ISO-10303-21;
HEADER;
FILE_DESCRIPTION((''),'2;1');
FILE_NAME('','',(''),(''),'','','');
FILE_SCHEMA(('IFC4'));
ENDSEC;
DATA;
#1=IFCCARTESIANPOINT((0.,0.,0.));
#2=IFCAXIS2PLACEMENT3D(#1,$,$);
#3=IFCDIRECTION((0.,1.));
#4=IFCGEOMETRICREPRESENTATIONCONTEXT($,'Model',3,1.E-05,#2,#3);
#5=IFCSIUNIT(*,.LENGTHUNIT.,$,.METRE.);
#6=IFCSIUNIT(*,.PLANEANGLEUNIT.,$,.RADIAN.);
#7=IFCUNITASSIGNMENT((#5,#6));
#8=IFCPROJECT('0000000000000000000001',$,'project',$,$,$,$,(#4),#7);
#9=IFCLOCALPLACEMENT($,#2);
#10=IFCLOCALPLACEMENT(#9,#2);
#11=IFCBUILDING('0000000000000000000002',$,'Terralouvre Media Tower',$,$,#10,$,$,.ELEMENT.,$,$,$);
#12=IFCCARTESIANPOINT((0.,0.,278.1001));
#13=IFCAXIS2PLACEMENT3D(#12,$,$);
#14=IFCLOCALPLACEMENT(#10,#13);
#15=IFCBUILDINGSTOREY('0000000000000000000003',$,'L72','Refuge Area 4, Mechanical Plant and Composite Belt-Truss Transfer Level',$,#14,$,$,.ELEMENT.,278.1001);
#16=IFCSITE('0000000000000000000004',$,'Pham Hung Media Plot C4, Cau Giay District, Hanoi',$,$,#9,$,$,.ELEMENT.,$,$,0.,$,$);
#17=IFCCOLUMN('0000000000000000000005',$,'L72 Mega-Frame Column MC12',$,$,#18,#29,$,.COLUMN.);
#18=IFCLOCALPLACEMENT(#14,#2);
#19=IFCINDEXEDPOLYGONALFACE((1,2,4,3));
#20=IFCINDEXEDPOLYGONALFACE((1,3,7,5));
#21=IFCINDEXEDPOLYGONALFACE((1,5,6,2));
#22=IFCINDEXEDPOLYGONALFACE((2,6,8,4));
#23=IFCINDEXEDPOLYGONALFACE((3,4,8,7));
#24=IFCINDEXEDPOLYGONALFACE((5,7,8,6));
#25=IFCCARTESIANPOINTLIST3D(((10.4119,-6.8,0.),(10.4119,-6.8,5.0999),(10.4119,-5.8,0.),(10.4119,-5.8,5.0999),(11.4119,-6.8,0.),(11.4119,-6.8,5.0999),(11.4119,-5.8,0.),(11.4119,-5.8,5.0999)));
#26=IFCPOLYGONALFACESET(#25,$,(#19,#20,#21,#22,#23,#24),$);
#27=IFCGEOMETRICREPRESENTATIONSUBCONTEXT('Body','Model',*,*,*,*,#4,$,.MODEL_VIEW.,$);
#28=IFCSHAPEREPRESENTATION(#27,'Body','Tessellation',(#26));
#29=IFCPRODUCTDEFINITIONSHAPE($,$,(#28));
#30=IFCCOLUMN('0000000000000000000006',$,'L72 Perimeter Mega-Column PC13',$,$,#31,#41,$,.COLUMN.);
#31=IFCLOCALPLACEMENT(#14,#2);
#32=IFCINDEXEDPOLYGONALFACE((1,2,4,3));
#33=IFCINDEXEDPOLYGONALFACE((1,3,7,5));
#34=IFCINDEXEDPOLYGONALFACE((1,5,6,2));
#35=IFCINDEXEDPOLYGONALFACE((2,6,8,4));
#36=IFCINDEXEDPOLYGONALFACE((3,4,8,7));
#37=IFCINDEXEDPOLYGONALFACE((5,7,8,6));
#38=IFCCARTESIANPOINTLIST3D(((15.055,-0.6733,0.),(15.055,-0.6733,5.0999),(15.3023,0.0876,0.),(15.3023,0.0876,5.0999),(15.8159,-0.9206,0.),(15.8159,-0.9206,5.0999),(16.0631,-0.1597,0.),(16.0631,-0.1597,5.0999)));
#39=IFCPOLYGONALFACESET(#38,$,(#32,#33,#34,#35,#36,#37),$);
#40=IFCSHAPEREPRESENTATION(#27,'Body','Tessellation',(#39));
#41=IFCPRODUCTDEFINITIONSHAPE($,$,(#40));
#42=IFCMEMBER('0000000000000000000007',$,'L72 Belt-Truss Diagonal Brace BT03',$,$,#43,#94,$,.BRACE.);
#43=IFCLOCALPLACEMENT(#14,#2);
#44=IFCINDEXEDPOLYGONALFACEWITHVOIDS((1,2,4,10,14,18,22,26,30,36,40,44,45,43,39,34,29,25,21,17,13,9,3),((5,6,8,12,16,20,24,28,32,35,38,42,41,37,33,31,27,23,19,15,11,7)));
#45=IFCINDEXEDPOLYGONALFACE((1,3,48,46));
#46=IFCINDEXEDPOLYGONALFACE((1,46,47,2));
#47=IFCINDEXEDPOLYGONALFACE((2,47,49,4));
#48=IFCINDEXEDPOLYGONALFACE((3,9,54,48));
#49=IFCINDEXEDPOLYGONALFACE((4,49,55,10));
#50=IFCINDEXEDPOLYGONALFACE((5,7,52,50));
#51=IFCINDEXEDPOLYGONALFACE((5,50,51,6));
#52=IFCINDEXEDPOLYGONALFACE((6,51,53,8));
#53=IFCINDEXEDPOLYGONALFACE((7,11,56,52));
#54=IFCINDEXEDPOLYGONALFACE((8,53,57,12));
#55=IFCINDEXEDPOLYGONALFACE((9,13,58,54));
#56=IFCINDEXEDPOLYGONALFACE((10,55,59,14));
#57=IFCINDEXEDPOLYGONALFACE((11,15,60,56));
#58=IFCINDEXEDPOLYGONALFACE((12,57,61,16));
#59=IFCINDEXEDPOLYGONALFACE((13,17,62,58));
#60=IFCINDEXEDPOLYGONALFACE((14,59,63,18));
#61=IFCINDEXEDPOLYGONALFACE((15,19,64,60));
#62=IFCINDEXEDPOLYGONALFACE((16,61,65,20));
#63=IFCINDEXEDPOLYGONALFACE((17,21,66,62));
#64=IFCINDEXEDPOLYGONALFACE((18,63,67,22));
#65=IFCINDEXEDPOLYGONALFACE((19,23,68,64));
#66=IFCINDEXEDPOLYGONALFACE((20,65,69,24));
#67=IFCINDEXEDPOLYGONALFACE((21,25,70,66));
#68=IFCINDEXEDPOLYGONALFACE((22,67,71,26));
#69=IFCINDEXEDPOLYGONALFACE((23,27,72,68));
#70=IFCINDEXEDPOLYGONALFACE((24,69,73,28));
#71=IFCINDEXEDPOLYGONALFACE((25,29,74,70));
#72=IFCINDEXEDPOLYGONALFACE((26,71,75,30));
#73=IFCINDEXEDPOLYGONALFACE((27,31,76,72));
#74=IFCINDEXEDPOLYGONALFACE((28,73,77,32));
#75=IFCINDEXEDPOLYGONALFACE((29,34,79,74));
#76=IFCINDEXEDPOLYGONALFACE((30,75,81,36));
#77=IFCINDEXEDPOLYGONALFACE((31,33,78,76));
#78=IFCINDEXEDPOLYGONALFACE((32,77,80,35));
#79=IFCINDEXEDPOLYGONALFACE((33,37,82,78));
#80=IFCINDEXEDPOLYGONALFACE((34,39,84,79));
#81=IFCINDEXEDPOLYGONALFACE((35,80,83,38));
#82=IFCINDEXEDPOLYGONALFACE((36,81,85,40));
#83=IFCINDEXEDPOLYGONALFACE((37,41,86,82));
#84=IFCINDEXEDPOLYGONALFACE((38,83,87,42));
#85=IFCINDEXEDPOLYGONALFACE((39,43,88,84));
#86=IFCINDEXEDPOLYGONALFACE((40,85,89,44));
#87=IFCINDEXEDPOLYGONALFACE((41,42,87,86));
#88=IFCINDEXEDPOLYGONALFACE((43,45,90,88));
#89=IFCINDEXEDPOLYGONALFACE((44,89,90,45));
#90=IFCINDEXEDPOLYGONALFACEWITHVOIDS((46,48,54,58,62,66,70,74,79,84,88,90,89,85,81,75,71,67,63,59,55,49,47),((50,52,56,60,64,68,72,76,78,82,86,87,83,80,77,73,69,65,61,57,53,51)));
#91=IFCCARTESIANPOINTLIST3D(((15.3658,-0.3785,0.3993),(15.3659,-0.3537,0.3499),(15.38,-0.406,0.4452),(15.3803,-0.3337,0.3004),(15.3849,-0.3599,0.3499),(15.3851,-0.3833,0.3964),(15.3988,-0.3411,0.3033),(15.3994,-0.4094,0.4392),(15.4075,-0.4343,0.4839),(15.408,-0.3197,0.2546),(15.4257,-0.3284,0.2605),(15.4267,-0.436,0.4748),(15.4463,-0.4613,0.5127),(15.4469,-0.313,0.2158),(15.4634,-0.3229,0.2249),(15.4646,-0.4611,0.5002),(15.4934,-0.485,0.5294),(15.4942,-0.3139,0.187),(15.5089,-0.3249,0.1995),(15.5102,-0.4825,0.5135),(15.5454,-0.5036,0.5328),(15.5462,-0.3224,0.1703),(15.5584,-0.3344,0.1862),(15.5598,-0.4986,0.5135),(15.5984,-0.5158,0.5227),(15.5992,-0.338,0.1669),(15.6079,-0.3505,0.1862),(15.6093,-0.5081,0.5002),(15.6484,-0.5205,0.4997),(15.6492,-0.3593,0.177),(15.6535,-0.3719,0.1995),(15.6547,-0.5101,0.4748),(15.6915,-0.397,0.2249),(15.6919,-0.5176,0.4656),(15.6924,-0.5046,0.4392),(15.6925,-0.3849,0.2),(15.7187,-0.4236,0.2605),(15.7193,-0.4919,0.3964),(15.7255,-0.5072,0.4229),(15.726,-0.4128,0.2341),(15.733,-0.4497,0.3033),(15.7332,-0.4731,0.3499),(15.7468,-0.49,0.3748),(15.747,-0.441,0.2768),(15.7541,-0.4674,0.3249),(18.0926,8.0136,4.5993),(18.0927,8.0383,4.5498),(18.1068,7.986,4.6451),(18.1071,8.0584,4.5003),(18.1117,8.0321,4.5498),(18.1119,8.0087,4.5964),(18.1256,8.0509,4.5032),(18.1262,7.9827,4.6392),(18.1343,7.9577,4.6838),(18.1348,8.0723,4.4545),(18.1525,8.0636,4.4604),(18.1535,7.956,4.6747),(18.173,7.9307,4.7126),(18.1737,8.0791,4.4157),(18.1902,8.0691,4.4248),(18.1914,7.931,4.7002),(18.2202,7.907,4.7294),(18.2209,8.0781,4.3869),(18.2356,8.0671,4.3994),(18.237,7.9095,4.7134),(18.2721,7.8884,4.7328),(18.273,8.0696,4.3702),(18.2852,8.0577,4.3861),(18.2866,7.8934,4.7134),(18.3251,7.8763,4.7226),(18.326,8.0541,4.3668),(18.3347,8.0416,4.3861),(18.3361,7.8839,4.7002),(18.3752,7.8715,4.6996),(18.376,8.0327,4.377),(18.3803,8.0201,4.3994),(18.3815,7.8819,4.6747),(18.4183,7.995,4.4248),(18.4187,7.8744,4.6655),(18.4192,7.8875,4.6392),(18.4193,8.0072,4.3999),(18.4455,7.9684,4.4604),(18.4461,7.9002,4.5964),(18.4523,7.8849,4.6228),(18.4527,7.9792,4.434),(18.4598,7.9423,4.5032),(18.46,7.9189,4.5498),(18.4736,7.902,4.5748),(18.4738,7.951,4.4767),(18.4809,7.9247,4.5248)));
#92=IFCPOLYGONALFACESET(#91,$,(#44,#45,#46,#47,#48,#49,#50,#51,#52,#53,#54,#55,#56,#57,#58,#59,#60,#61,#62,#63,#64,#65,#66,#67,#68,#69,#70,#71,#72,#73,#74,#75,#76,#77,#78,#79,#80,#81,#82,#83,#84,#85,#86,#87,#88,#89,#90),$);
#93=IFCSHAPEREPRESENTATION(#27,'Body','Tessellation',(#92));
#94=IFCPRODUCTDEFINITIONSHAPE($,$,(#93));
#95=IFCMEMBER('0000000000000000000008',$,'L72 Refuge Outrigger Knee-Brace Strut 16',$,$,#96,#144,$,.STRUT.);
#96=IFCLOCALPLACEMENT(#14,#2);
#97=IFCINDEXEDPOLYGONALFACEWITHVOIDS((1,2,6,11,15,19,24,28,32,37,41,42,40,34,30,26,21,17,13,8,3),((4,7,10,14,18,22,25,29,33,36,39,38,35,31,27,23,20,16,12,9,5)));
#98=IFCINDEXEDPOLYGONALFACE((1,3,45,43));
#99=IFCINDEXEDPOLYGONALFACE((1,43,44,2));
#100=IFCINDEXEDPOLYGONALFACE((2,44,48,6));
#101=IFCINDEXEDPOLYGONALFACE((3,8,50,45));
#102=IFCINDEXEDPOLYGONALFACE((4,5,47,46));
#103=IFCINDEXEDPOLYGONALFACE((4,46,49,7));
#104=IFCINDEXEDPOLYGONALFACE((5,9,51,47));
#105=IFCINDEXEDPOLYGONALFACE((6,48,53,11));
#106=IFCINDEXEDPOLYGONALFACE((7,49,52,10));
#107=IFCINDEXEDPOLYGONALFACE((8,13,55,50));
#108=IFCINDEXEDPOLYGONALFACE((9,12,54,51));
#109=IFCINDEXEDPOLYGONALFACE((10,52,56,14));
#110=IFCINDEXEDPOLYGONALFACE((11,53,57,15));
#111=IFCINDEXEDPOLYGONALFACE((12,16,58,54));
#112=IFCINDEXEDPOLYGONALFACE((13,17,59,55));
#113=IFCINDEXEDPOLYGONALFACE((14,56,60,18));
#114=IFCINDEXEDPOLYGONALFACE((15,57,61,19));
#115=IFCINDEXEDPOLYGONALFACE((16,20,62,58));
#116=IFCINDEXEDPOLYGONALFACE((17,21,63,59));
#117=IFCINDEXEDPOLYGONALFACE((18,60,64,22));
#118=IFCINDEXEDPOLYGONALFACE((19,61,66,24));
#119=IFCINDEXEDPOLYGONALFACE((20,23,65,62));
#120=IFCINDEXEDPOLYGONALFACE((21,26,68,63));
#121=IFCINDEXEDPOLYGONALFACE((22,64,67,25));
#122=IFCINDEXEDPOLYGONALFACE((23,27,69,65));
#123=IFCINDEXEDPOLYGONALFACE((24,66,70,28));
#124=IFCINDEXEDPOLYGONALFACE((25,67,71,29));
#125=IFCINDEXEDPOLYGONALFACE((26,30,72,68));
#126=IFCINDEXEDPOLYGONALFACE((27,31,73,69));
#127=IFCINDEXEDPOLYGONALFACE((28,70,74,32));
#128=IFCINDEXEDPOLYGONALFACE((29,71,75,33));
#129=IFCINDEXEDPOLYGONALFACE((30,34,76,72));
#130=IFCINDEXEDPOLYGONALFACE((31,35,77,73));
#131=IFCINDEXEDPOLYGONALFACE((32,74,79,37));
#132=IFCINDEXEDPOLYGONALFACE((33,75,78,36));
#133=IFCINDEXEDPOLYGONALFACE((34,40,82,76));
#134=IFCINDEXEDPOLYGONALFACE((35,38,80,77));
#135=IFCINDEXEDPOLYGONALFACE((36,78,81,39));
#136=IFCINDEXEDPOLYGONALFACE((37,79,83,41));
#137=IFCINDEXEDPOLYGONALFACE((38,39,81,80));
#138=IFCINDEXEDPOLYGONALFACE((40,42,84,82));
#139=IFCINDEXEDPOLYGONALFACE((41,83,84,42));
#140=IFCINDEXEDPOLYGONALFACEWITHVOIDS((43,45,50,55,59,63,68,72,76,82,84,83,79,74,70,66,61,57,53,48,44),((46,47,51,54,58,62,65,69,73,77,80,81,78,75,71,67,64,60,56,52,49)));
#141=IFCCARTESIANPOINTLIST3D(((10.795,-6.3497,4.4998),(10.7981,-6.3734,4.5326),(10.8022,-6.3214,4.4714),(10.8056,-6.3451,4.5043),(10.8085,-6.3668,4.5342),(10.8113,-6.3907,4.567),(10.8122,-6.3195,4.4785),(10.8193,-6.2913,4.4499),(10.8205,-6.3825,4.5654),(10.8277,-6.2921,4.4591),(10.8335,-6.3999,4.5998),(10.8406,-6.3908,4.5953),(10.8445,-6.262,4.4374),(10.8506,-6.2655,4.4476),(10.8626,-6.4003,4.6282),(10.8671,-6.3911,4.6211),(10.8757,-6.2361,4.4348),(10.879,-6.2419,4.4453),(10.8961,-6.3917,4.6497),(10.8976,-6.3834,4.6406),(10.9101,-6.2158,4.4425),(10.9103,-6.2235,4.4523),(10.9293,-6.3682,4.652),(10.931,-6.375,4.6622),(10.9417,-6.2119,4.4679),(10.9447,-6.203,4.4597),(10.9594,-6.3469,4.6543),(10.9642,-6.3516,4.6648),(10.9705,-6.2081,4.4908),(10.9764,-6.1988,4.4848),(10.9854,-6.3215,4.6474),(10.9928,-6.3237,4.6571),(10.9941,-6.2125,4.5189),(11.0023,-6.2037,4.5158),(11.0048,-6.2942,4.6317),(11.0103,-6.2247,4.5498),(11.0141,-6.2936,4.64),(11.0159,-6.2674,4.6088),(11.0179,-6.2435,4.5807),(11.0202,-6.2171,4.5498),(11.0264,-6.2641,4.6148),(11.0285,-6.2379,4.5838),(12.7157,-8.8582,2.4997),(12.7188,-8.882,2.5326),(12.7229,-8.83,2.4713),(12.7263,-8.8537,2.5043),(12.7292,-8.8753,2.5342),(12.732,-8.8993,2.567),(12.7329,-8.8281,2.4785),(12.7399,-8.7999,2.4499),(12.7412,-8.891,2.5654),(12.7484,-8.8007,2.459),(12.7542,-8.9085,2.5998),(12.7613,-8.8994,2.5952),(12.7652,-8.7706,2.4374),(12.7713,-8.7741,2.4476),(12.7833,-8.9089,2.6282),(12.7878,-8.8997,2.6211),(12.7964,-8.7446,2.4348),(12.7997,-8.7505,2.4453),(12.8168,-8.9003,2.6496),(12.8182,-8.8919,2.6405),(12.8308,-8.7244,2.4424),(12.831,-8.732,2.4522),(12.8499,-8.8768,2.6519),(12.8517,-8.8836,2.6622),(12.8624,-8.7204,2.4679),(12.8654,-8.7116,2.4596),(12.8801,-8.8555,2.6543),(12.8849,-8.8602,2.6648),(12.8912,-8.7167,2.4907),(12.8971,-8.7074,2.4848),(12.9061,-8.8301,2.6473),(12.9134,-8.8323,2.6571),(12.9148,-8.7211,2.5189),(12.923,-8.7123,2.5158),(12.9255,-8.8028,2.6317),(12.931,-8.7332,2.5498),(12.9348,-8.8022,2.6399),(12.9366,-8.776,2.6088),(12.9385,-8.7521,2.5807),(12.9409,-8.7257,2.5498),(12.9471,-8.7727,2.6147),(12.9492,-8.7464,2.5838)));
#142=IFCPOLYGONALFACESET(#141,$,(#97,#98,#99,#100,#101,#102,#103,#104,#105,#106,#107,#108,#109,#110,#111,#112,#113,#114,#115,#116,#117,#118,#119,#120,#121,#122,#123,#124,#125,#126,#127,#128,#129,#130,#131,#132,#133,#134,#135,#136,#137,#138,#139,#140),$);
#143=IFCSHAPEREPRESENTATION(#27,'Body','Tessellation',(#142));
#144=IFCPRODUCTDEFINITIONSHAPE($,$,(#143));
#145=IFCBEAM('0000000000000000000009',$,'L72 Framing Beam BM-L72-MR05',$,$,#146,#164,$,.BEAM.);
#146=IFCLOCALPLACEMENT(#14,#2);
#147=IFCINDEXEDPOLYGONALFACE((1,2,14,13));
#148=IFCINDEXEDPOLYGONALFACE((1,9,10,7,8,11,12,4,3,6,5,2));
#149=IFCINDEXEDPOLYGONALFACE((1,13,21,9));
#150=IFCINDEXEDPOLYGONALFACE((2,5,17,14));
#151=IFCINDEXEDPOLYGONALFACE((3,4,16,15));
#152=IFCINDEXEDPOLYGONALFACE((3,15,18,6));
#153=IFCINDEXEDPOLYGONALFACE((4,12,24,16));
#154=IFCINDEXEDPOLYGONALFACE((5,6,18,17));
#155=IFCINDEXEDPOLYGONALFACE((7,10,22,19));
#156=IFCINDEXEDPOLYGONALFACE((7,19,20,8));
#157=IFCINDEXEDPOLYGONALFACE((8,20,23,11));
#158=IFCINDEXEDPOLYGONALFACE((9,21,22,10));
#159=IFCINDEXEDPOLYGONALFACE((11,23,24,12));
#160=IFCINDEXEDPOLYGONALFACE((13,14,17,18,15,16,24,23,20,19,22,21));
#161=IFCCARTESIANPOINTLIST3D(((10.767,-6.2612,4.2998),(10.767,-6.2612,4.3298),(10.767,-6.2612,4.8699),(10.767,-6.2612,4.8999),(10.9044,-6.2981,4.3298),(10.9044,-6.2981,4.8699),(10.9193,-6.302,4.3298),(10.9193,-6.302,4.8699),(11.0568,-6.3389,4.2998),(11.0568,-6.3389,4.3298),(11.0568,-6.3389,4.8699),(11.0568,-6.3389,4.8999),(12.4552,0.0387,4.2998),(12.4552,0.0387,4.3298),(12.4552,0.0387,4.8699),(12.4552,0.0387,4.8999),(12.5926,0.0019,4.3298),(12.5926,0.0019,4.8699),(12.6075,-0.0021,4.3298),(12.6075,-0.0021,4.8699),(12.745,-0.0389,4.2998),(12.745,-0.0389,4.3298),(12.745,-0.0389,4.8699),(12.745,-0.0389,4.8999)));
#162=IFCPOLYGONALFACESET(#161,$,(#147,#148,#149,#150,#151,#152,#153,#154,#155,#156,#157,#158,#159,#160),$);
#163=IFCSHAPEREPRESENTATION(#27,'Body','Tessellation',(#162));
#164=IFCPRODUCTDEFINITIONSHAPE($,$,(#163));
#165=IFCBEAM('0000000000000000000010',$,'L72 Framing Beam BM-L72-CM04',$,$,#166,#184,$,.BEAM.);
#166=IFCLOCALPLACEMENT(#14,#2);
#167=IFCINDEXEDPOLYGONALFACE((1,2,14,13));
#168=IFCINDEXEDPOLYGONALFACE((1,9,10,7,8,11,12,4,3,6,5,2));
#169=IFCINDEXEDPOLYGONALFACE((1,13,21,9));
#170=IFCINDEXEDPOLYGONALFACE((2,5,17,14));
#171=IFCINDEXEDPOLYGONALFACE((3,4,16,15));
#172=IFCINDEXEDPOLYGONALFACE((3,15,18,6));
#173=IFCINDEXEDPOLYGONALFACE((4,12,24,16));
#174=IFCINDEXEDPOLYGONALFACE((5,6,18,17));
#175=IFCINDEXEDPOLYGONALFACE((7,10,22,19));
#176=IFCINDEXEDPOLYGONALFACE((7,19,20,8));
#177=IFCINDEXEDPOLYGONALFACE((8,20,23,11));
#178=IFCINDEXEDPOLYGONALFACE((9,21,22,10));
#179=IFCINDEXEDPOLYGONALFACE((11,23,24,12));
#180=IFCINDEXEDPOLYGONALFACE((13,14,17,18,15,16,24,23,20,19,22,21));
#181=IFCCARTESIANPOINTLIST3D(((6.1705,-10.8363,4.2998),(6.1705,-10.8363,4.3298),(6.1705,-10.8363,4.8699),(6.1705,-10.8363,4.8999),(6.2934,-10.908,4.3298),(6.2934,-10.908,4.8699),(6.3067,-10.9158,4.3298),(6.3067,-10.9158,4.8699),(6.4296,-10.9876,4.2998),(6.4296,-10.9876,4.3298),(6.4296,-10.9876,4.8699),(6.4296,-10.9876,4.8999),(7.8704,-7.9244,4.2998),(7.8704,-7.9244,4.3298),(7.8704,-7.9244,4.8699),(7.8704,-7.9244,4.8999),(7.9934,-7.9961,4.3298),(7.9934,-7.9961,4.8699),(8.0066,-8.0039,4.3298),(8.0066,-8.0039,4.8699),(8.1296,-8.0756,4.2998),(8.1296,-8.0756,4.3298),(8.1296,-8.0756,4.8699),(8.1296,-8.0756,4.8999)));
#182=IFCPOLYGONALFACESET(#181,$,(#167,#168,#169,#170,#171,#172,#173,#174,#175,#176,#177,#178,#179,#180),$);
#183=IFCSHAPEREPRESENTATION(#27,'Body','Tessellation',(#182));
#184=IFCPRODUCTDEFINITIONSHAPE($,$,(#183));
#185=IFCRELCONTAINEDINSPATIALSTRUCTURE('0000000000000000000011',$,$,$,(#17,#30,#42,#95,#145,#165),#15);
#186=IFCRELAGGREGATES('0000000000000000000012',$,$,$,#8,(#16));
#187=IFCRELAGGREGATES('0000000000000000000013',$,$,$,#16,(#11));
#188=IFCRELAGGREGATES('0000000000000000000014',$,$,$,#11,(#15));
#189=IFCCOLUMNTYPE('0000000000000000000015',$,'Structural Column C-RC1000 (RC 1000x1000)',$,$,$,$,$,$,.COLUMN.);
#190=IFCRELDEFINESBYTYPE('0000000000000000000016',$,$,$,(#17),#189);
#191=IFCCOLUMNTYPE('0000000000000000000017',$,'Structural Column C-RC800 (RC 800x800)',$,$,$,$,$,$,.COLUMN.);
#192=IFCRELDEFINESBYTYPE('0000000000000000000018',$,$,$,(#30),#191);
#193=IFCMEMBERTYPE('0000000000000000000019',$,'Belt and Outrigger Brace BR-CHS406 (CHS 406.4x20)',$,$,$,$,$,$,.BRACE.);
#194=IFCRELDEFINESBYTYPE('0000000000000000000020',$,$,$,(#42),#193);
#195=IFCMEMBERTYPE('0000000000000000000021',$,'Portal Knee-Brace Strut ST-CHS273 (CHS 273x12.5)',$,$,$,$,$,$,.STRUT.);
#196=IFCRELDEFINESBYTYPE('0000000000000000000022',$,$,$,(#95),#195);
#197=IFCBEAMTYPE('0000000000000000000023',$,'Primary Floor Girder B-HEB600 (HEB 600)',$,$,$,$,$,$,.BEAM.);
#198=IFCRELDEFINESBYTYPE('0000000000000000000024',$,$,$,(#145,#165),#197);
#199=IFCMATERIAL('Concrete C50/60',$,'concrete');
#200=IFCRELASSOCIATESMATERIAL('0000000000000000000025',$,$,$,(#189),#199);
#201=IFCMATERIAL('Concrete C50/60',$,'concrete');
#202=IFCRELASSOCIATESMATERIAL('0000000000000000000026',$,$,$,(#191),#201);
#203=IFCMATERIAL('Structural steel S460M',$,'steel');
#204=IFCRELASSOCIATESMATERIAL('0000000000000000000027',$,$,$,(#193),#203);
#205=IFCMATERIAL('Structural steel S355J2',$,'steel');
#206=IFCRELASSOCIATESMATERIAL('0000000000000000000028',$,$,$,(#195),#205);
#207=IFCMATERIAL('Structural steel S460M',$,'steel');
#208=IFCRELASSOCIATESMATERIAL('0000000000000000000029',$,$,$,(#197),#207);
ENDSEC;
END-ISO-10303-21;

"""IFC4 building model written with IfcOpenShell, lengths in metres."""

from ifc_helpers import new_model, si_unit, direction, frame, origin, origin_2d, place, context, subcontext, project, spatial, rectangle, hollow_circle, i_section, extrude, material, material_profile, profile_set, type_object, element, save


model = new_model("IFC4")

# Units and contexts
model_context = context("Model", 3, precision=1e-05, world=origin(), true_north=direction((0.0, 1.0)))
body_context = subcontext(model_context, "Body", "Model", "MODEL_VIEW")
ifc_project = project(units=[si_unit("LENGTHUNIT", "METRE"), si_unit("PLANEANGLEUNIT", "RADIAN")], contexts=[model_context])

# Site, building, storey
site_placement = place(None, origin())
site = spatial("IfcSite", under=ifc_project, at=site_placement, Name="Pham Hung Media Plot C4, Cau Giay District, Hanoi", CompositionType="ELEMENT", RefElevation=0.0)
building_placement = place(site_placement, origin())
building = spatial("IfcBuilding", under=site, at=building_placement, Name="Terralouvre Media Tower", CompositionType="ELEMENT")
storey_placement = place(building_placement, frame((0.0, 0.0, 278.1001)))
storey = spatial("IfcBuildingStorey", under=building, at=storey_placement, Name="L72", Description="Refuge Area 4, Mechanical Plant and Composite Belt-Truss Transfer Level", CompositionType="ELEMENT", Elevation=278.1001)

# Columns
ifc_material_1 = material(Name="Concrete C50/60", Category="concrete")
ifc_material_profile_1 = material_profile(ifc_material_1, rectangle(XDim=1.0, YDim=1.0, at=origin_2d()), Name="RC 1000x1000")
ifc_profile_set_1 = profile_set([ifc_material_profile_1], Name="Concrete C50/60")
column_type_1 = type_object("IfcColumnType", Name="Structural Column C-RC1000 (RC 1000x1000)", PredefinedType="COLUMN", material=ifc_profile_set_1)
column_1_placement = place(storey_placement, frame((10.9119, -6.3, 0.0), z_axis=(0.0, 0.0, 1.0), x_axis=(1.0, 0.0, 0.0)))
element("IfcColumn", 1, at=column_1_placement, inside=storey, type_object=column_type_1, Name="L72 Mega-Frame Column MC12", PredefinedType="COLUMN", context=body_context, shape_type="SweptSolid", body=[
    extrude(rectangle(XDim=1.0, YDim=1.0, at=origin_2d()), origin(), (0.0, 0.0, 1.0), 5.0999),
])
ifc_material_2 = material(Name="Concrete C50/60", Category="concrete")
ifc_material_profile_2 = material_profile(ifc_material_2, rectangle(XDim=0.8, YDim=0.8, at=origin_2d()), Name="RC 800x800")
ifc_profile_set_2 = profile_set([ifc_material_profile_2], Name="Concrete C50/60")
column_type_2 = type_object("IfcColumnType", Name="Structural Column C-RC800 (RC 800x800)", PredefinedType="COLUMN", material=ifc_profile_set_2)
column_2_placement = place(storey_placement, frame((15.5591, -0.4165, 0.0), z_axis=(0.0, 0.0, 1.0), x_axis=(0.309017, 0.951057, 0.0)))
element("IfcColumn", 2, at=column_2_placement, inside=storey, type_object=column_type_2, Name="L72 Perimeter Mega-Column PC13", PredefinedType="COLUMN", context=body_context, shape_type="SweptSolid", body=[
    extrude(rectangle(XDim=0.8, YDim=0.8, at=origin_2d()), origin(), (0.0, 0.0, 1.0), 5.0999),
])

# Members
ifc_material_3 = material(Name="Structural steel S460M", Category="steel")
ifc_material_profile_3 = material_profile(ifc_material_3, hollow_circle(Radius=0.2031, WallThickness=0.02, at=origin_2d()), Name="CHS 406.4x20")
ifc_profile_set_3 = profile_set([ifc_material_profile_3], Name="Structural steel S460M")
member_type_1 = type_object("IfcMemberType", Name="Belt and Outrigger Brace BR-CHS406 (CHS 406.4x20)", PredefinedType="BRACE", material=ifc_profile_set_3)
member_1_placement = place(storey_placement, frame((15.5591, -0.4165, 0.3499), z_axis=(0.279028, 0.858743, 0.429771), x_axis=(-0.951055, 0.309022, 0.0)))
element("IfcMember", 3, at=member_1_placement, inside=storey, type_object=member_type_1, Name="L72 Belt-Truss Diagonal Brace BT03", PredefinedType="BRACE", context=body_context, shape_type="SweptSolid", body=[
    extrude(hollow_circle(Radius=0.2031, WallThickness=0.02, at=origin_2d()), origin(), (0.0, 0.0, 1.0), 9.7725),
])
ifc_material_4 = material(Name="Structural steel S355J2", Category="steel")
ifc_material_profile_4 = material_profile(ifc_material_4, hollow_circle(Radius=0.1365, WallThickness=0.0125, at=origin_2d()), Name="CHS 273x12.5")
ifc_profile_set_4 = profile_set([ifc_material_profile_4], Name="Structural steel S355J2")
member_type_2 = type_object("IfcMemberType", Name="Portal Knee-Brace Strut ST-CHS273 (CHS 273x12.5)", PredefinedType="STRUT", material=ifc_profile_set_4)
member_2_placement = place(storey_placement, frame((10.9119, -6.3, 4.5498), z_axis=(0.513652, -0.670875, -0.534872), x_axis=(0.793998, 0.60792, 0.0)))
element("IfcMember", 4, at=member_2_placement, inside=storey, type_object=member_type_2, Name="L72 Refuge Outrigger Knee-Brace Strut 16", PredefinedType="STRUT", context=body_context, shape_type="SweptSolid", body=[
    extrude(hollow_circle(Radius=0.1365, WallThickness=0.0125, at=origin_2d()), origin(), (0.0, 0.0, 1.0), 3.7393),
])

# Beams
ifc_material_5 = material(Name="Structural steel S460M", Category="steel")
ifc_material_profile_5 = material_profile(ifc_material_5, i_section(OverallWidth=0.3, OverallDepth=0.6001, WebThickness=0.0154, FlangeThickness=0.03, at=origin_2d()), Name="HEB 600")
ifc_profile_set_5 = profile_set([ifc_material_profile_5], Name="Structural steel S460M")
beam_type_1 = type_object("IfcBeamType", Name="Primary Floor Girder B-HEB600 (HEB 600)", PredefinedType="BEAM", material=ifc_profile_set_5)
beam_1_placement = place(storey_placement, frame((10.9119, -6.3, 4.5999), z_axis=(0.258839, 0.96592, 0.0), x_axis=(-0.96592, 0.258839, 0.0)))
element("IfcBeam", 5, at=beam_1_placement, inside=storey, type_object=beam_type_1, Name="L72 Framing Beam BM-L72-MR05", PredefinedType="BEAM", context=body_context, shape_type="SweptSolid", body=[
    extrude(i_section(OverallWidth=0.3, OverallDepth=0.6001, WebThickness=0.0154, FlangeThickness=0.03, at=origin_2d()), origin(), (0.0, 0.0, 1.0), 6.5222),
])
for number, where, z_axis, x_axis, name in (
    (6, (8.0, -8.0, 4.5999), (-0.504173, -0.863603, 0.0), (0.863603, -0.504173, 0.0), "L72 Framing Beam BM-L72-CM04"),
):
    element("IfcBeam", number, at=place(storey_placement, frame(where, z_axis=z_axis, x_axis=x_axis)), inside=storey, type_object=beam_type_1, Name=name, PredefinedType="BEAM", context=body_context, shape_type="SweptSolid", body=[
        extrude(i_section(OverallWidth=0.3, OverallDepth=0.6001, WebThickness=0.0154, FlangeThickness=0.03, at=origin_2d()), origin(), (0.0, 0.0, 1.0), 3.3718),
    ])

save(model, "model.ifc")
